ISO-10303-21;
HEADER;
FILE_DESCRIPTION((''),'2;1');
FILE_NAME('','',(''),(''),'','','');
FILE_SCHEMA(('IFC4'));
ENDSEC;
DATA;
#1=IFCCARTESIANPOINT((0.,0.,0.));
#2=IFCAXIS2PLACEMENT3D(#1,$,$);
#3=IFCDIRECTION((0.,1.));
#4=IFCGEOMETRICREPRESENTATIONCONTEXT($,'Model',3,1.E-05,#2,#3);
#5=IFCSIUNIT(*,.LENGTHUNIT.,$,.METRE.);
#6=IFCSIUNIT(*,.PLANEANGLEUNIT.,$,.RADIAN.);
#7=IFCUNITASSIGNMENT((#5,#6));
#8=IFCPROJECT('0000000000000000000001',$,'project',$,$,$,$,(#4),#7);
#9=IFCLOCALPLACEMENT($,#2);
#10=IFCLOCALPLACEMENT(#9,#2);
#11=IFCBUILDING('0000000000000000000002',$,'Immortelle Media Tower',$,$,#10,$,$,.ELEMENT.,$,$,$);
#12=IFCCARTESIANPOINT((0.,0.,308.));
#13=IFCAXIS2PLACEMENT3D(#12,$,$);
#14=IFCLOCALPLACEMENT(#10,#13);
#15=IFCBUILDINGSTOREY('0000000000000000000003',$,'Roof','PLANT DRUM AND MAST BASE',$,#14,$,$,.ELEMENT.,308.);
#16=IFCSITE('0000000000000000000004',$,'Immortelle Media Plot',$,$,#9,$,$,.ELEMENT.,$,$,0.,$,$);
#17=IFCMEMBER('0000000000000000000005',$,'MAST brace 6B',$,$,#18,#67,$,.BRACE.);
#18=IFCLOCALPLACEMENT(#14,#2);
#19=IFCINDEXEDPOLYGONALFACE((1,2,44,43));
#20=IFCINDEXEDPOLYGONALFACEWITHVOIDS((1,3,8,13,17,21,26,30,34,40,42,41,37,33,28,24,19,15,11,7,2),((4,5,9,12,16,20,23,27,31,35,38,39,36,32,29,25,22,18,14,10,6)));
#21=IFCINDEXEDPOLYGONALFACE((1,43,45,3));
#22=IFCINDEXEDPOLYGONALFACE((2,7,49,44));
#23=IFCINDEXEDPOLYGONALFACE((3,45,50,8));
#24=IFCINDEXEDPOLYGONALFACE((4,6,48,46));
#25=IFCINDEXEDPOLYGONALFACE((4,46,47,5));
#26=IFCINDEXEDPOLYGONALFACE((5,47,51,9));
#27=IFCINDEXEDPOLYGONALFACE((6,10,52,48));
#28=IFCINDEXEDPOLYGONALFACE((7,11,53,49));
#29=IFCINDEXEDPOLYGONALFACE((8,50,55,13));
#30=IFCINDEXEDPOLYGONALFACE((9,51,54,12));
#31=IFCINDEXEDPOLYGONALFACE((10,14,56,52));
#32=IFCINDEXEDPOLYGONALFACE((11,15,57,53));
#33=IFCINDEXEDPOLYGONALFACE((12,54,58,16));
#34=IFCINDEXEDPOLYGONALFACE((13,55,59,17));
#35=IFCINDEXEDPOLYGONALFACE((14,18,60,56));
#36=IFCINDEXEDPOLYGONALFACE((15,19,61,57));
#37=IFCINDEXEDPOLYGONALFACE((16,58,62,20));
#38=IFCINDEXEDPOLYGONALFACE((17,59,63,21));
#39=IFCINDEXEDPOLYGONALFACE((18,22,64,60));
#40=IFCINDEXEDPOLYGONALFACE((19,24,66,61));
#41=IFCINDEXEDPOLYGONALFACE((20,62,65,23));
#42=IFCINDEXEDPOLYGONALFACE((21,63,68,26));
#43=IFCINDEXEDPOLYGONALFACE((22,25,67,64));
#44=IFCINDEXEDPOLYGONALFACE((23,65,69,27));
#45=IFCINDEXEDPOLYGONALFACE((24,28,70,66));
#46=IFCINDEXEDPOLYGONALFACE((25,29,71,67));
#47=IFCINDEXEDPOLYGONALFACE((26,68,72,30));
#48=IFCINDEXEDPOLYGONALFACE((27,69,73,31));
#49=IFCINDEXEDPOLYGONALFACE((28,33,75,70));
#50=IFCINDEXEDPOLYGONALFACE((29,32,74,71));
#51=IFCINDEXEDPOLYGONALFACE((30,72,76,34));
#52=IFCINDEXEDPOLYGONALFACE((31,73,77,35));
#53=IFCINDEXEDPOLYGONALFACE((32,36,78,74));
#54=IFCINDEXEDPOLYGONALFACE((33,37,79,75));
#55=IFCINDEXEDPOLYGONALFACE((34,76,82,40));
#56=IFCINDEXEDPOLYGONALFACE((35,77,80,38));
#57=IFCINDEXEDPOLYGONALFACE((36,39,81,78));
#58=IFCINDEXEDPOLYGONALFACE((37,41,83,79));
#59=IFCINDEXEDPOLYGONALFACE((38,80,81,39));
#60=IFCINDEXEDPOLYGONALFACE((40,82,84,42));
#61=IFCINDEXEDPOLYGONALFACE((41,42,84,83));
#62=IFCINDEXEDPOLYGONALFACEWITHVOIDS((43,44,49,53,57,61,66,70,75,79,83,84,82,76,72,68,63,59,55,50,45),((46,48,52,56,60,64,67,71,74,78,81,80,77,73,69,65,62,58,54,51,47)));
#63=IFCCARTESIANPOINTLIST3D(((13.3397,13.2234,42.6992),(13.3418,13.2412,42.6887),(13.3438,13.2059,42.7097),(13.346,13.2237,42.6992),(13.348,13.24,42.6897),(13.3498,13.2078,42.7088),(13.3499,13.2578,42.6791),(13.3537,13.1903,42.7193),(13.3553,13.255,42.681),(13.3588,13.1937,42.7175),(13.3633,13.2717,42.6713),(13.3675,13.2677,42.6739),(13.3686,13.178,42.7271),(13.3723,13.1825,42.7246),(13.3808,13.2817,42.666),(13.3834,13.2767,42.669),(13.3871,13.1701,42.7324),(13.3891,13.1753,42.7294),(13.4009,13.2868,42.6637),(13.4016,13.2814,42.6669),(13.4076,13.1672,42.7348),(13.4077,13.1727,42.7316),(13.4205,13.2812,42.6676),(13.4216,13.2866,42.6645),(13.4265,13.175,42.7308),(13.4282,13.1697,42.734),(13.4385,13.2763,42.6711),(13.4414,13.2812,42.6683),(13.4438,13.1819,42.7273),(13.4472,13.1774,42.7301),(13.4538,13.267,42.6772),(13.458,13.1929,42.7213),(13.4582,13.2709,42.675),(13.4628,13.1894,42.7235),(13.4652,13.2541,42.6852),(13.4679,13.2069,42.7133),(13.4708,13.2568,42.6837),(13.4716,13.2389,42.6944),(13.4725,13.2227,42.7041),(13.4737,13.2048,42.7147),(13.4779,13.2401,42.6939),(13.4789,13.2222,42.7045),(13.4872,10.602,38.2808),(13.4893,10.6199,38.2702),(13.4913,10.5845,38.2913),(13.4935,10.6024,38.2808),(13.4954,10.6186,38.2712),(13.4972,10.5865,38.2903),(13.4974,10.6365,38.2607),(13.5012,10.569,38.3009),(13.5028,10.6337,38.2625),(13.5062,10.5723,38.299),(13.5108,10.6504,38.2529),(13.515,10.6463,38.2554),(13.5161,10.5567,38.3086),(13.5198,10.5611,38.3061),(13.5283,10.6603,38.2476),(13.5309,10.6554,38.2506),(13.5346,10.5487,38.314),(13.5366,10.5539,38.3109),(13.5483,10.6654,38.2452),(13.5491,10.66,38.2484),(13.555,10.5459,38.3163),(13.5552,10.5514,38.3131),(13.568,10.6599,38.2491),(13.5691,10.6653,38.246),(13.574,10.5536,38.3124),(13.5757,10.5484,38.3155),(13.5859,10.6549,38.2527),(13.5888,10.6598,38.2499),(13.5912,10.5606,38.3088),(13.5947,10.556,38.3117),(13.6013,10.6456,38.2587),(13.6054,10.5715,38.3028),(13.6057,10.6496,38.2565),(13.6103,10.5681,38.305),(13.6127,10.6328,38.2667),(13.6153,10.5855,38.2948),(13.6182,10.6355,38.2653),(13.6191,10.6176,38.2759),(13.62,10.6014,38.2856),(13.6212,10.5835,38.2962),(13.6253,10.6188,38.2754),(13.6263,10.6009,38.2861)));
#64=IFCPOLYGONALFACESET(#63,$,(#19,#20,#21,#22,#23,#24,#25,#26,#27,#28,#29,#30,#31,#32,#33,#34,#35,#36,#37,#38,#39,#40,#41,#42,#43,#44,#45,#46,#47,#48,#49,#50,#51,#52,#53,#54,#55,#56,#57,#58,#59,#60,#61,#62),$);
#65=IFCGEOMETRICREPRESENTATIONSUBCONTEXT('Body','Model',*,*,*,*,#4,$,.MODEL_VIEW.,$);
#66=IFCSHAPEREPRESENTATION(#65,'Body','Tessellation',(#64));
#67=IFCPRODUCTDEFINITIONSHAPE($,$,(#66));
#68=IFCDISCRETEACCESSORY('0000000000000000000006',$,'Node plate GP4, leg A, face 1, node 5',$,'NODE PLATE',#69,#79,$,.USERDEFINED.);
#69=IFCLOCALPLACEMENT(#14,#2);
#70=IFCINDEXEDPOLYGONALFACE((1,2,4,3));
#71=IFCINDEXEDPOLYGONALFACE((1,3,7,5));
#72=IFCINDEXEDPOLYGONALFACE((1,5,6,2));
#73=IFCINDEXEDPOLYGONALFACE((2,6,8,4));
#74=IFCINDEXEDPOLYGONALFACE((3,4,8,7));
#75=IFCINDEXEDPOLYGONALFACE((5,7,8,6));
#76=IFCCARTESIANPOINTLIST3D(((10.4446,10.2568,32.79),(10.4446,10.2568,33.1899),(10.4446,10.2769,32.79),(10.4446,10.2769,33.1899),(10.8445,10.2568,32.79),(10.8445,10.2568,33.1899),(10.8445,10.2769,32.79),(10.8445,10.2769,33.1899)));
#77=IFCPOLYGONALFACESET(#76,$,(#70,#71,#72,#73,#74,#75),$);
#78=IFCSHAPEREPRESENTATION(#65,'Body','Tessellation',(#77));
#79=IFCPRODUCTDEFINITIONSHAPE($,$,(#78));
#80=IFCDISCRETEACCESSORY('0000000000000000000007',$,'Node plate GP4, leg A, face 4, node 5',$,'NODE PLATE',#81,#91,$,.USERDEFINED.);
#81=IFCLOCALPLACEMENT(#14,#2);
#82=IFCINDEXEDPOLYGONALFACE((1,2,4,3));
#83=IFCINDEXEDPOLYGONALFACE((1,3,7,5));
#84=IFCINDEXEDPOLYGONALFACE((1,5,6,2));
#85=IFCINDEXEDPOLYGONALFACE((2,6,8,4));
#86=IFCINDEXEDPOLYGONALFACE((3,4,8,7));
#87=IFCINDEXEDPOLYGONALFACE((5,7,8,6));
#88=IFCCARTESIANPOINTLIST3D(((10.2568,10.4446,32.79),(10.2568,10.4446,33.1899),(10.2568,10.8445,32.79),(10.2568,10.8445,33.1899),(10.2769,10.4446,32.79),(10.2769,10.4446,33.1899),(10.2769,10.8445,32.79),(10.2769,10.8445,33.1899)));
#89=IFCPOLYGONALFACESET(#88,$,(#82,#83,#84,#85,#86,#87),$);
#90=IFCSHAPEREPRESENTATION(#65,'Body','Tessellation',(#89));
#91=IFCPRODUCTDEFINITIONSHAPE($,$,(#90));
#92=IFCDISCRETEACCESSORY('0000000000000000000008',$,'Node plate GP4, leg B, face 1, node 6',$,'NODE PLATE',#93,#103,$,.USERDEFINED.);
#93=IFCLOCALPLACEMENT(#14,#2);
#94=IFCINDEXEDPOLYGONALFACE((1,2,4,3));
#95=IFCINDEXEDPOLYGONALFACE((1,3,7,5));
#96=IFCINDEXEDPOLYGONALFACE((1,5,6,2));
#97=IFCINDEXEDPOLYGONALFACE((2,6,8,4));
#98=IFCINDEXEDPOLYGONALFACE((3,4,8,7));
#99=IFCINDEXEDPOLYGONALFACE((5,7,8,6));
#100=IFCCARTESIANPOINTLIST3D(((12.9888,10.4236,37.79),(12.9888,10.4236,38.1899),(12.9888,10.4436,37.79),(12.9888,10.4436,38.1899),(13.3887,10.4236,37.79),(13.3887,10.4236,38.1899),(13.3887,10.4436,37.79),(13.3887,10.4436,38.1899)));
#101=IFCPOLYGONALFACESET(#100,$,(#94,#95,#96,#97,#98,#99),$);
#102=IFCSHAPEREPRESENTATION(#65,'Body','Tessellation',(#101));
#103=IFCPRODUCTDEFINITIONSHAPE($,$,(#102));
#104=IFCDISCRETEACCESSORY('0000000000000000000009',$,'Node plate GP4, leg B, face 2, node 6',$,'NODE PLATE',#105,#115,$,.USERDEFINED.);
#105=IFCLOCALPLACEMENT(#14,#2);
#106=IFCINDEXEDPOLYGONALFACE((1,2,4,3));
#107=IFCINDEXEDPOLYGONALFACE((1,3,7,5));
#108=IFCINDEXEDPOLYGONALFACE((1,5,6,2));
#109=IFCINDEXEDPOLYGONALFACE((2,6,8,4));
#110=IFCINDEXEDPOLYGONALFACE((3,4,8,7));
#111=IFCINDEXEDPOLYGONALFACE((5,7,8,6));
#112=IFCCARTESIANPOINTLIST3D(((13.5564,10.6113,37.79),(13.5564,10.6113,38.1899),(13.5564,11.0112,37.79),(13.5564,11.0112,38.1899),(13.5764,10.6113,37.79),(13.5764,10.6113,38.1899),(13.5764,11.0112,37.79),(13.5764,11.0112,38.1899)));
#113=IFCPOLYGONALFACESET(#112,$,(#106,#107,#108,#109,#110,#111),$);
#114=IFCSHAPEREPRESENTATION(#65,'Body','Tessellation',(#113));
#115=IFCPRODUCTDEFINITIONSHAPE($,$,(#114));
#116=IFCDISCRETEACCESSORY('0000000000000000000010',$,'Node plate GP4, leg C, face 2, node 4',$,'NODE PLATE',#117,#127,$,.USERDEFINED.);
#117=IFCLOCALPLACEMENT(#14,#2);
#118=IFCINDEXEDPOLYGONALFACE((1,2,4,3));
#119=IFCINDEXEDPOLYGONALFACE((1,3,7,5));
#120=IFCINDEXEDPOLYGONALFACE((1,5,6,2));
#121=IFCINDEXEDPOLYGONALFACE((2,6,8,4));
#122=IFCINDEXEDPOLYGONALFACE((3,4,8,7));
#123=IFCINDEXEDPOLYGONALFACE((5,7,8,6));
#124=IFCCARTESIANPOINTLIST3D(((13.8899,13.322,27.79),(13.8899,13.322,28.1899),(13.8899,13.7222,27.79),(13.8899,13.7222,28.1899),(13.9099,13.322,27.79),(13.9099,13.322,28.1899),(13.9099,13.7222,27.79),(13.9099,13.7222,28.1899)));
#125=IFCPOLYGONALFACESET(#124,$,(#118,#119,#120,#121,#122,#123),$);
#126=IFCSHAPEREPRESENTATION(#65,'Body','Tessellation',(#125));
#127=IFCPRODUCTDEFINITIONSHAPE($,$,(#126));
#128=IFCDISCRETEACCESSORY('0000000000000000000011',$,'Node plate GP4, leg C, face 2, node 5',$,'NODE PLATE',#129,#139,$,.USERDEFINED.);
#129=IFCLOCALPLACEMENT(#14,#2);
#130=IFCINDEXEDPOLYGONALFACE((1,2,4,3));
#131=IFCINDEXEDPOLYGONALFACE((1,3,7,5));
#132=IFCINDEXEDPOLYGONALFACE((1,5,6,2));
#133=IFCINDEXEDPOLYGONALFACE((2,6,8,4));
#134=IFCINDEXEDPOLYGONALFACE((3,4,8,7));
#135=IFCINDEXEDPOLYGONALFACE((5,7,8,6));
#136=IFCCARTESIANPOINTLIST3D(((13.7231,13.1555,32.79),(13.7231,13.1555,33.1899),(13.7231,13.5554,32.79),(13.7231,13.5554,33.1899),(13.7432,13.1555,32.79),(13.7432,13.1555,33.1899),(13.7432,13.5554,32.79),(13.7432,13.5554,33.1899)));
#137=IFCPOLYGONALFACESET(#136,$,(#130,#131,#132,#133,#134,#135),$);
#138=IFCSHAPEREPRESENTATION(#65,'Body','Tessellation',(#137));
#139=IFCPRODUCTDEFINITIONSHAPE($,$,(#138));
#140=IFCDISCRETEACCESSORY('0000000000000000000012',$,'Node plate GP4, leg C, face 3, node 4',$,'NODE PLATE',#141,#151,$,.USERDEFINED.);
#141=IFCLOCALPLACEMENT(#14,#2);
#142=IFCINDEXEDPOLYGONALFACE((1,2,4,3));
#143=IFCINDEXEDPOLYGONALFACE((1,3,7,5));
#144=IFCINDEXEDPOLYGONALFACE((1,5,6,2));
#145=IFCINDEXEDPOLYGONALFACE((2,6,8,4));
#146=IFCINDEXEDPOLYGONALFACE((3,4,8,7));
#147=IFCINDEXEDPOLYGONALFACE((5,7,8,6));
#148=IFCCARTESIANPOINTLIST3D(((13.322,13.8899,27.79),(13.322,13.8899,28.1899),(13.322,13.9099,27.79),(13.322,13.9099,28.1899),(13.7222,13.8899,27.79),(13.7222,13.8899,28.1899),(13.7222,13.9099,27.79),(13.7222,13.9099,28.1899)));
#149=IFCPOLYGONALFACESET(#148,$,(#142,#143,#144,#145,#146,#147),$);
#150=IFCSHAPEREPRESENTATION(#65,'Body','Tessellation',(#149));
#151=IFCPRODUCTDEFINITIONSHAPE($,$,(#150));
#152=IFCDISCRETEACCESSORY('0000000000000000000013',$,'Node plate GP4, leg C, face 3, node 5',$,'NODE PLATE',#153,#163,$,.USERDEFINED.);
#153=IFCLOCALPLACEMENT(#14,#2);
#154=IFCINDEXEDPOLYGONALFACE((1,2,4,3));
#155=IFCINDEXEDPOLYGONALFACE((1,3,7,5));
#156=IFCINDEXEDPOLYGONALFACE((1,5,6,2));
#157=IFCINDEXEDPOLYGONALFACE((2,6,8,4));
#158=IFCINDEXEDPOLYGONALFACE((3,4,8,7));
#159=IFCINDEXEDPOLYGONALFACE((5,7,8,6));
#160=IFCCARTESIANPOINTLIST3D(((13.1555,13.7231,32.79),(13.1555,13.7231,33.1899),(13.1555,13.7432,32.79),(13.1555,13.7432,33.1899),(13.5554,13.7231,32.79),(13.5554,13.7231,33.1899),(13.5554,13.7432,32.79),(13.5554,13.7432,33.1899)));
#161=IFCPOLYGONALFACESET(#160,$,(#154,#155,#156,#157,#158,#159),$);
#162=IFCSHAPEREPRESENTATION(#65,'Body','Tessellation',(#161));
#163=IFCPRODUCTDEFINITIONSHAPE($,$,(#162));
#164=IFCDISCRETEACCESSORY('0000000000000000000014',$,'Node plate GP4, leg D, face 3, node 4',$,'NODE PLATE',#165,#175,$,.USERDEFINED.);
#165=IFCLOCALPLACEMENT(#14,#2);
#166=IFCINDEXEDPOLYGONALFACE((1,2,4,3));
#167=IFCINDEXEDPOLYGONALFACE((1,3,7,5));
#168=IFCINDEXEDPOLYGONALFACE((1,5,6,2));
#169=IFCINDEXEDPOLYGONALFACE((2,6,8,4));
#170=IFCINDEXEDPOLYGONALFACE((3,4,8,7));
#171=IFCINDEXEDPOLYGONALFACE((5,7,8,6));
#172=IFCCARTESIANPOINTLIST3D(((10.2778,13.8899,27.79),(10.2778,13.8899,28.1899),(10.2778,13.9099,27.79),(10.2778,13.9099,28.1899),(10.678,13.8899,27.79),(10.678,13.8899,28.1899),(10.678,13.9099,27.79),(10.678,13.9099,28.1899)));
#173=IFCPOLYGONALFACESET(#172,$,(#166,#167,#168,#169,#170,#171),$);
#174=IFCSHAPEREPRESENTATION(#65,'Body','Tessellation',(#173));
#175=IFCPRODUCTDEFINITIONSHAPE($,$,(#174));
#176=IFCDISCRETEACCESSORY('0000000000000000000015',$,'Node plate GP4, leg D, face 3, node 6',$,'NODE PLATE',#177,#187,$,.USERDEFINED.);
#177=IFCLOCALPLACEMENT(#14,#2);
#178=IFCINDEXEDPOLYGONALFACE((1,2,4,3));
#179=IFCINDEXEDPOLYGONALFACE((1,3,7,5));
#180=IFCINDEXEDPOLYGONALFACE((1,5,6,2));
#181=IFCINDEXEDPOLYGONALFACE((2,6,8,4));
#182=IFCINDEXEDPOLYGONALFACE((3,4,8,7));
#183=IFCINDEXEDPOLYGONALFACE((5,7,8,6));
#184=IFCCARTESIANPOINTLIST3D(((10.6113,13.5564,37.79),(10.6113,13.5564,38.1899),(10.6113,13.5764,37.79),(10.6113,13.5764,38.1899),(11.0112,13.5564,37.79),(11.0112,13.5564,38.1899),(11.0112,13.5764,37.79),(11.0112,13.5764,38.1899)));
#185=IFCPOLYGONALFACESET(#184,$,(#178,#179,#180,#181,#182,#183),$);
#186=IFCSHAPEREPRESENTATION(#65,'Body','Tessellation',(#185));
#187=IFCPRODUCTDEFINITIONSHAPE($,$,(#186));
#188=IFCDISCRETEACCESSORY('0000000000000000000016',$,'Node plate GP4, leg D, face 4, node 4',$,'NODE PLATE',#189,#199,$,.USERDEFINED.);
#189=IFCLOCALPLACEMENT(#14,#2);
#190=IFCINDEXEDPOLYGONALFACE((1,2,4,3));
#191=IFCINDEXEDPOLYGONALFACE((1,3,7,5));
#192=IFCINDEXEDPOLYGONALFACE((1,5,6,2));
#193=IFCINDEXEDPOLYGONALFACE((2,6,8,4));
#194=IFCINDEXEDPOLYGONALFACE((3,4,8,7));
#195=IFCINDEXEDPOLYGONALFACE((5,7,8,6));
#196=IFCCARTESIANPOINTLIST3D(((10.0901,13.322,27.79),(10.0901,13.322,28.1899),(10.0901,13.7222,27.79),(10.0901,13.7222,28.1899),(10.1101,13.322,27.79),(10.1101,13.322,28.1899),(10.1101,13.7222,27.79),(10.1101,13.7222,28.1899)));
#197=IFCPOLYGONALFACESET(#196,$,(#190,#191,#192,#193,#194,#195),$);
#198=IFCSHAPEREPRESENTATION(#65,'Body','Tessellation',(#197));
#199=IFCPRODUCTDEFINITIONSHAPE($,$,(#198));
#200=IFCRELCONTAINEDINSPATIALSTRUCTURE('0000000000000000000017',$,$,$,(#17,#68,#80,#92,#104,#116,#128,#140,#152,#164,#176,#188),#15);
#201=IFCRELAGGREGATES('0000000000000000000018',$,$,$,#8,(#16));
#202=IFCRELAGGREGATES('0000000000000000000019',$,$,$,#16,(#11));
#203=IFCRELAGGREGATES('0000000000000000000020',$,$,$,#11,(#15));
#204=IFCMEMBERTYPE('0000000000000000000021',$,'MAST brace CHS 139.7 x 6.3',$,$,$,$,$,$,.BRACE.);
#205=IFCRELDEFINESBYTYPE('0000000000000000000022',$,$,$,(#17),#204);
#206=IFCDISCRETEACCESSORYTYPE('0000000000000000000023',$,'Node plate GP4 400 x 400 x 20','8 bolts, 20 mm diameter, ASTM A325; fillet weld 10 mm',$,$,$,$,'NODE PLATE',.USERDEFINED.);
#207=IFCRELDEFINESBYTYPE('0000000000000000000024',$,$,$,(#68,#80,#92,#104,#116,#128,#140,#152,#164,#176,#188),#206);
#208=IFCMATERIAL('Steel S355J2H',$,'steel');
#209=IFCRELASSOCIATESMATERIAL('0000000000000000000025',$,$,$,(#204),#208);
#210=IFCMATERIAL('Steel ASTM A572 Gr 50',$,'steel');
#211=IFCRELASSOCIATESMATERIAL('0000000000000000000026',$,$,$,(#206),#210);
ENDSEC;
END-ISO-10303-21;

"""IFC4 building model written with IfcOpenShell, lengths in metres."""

from ifc_helpers import new_model, si_unit, direction, frame, origin, origin_2d, place, context, subcontext, project, spatial, rectangle, hollow_circle, extrude, material, material_profile, profile_set, type_object, element, save


model = new_model("IFC4")

# Units and contexts
model_context = context("Model", 3, precision=1e-05, world=origin(), true_north=direction((0.0, 1.0)))
body_context = subcontext(model_context, "Body", "Model", "MODEL_VIEW")
ifc_project = project(units=[si_unit("LENGTHUNIT", "METRE"), si_unit("PLANEANGLEUNIT", "RADIAN")], contexts=[model_context])

# Site, building, storey
site_placement = place(None, origin())
site = spatial("IfcSite", under=ifc_project, at=site_placement, Name="Immortelle Media Plot", CompositionType="ELEMENT", RefElevation=0.0)
building_placement = place(site_placement, origin())
building = spatial("IfcBuilding", under=site, at=building_placement, Name="Immortelle Media Tower", CompositionType="ELEMENT")
storey_placement = place(building_placement, frame((0.0, 0.0, 308.0)))
storey = spatial("IfcBuildingStorey", under=building, at=storey_placement, Name="Roof", Description="PLANT DRUM AND MAST BASE", CompositionType="ELEMENT", Elevation=308.0)

# Member
ifc_material_1 = material(Name="Steel S355J2H", Category="steel")
ifc_material_profile_1 = material_profile(ifc_material_1, hollow_circle(Radius=0.0698, WallThickness=0.0063, at=origin_2d()), Name="CHS 139.7 x 6.3")
ifc_profile_set_1 = profile_set([ifc_material_profile_1], Name="Steel S355J2H")
member_type = type_object("IfcMemberType", Name="MAST brace CHS 139.7 x 6.3", PredefinedType="BRACE", material=ifc_profile_set_1)
for number, where, z_axis, x_axis, name in (
    (1, (13.5569, 10.606, 38.2808), (-0.028691, 0.510023, 0.859682), (-0.998421, -0.056165, 0.0), "MAST brace 6B"),
):
    element("IfcMember", number, at=place(storey_placement, frame(where, z_axis=z_axis, x_axis=x_axis)), inside=storey, type_object=member_type, Name=name, PredefinedType="BRACE", context=body_context, shape_type="SweptSolid", body=[
        extrude(hollow_circle(Radius=0.0698, WallThickness=0.0063, at=origin_2d()), origin(), (0.0, 0.0, 1.0), 5.1396),
    ])

# Discrete accessories
ifc_material_2 = material(Name="Steel ASTM A572 Gr 50", Category="steel")
ifc_material_profile_2 = material_profile(ifc_material_2, rectangle(XDim=0.02, YDim=0.3999, at=origin_2d()), Name="PL 20 x 400")
ifc_profile_set_2 = profile_set([ifc_material_profile_2], Name="Steel ASTM A572 Gr 50")
discrete_accessory_type = type_object("IfcDiscreteAccessoryType", Name="Node plate GP4 400 x 400 x 20", Description="8 bolts, 20 mm diameter, ASTM A325; fillet weld 10 mm", ElementType="NODE PLATE", PredefinedType="USERDEFINED", material=ifc_profile_set_2)
for number, where, z_axis, x_axis, name in (
    (2, (10.4446, 10.2668, 32.99), (1.0, 0.0, 0.0), (0.0, 1.0, 0.0), "Node plate GP4, leg A, face 1, node 5"),
    (3, (10.2668, 10.4446, 32.99), (0.0, 1.0, 0.0), (-1.0, 0.0, 0.0), "Node plate GP4, leg A, face 4, node 5"),
    (4, (13.3887, 10.4336, 37.99), (-1.0, 0.0, 0.0), (0.0, -1.0, 0.0), "Node plate GP4, leg B, face 1, node 6"),
    (5, (13.5664, 10.6113, 37.99), (0.0, 1.0, 0.0), (-1.0, 0.0, 0.0), "Node plate GP4, leg B, face 2, node 6"),
):
    element("IfcDiscreteAccessory", number, at=place(storey_placement, frame(where, z_axis=z_axis, x_axis=x_axis)), inside=storey, type_object=discrete_accessory_type, Name=name, ObjectType="NODE PLATE", PredefinedType="USERDEFINED", context=body_context, shape_type="SweptSolid", body=[
        extrude(rectangle(XDim=0.02, YDim=0.3999, at=origin_2d()), origin(), (0.0, 0.0, 1.0), 0.3999),
    ])
discrete_accessory_1_placement = place(storey_placement, frame((13.8999, 13.7222, 27.99), z_axis=(0.0, -1.0, 0.0), x_axis=(1.0, 0.0, 0.0)))
element("IfcDiscreteAccessory", 6, at=discrete_accessory_1_placement, inside=storey, type_object=discrete_accessory_type, Name="Node plate GP4, leg C, face 2, node 4", ObjectType="NODE PLATE", PredefinedType="USERDEFINED", context=body_context, shape_type="SweptSolid", body=[
    extrude(rectangle(XDim=0.02, YDim=0.3999, at=origin_2d()), origin(), (0.0, 0.0, 1.0), 0.4001),
])
discrete_accessory_2_placement = place(storey_placement, frame((13.7332, 13.5554, 32.99), z_axis=(0.0, -1.0, 0.0), x_axis=(1.0, 0.0, 0.0)))
element("IfcDiscreteAccessory", 7, at=discrete_accessory_2_placement, inside=storey, type_object=discrete_accessory_type, Name="Node plate GP4, leg C, face 2, node 5", ObjectType="NODE PLATE", PredefinedType="USERDEFINED", context=body_context, shape_type="SweptSolid", body=[
    extrude(rectangle(XDim=0.02, YDim=0.3999, at=origin_2d()), origin(), (0.0, 0.0, 1.0), 0.3999),
])
discrete_accessory_3_placement = place(storey_placement, frame((13.7222, 13.8999, 27.99), z_axis=(-1.0, 0.0, 0.0), x_axis=(0.0, -1.0, 0.0)))
element("IfcDiscreteAccessory", 8, at=discrete_accessory_3_placement, inside=storey, type_object=discrete_accessory_type, Name="Node plate GP4, leg C, face 3, node 4", ObjectType="NODE PLATE", PredefinedType="USERDEFINED", context=body_context, shape_type="SweptSolid", body=[
    extrude(rectangle(XDim=0.02, YDim=0.3999, at=origin_2d()), origin(), (0.0, 0.0, 1.0), 0.4001),
])
discrete_accessory_4_placement = place(storey_placement, frame((13.5554, 13.7332, 32.99), z_axis=(-1.0, 0.0, 0.0), x_axis=(0.0, -1.0, 0.0)))
element("IfcDiscreteAccessory", 9, at=discrete_accessory_4_placement, inside=storey, type_object=discrete_accessory_type, Name="Node plate GP4, leg C, face 3, node 5", ObjectType="NODE PLATE", PredefinedType="USERDEFINED", context=body_context, shape_type="SweptSolid", body=[
    extrude(rectangle(XDim=0.02, YDim=0.3999, at=origin_2d()), origin(), (0.0, 0.0, 1.0), 0.3999),
])
discrete_accessory_5_placement = place(storey_placement, frame((10.2778, 13.8999, 27.99), z_axis=(1.0, 0.0, 0.0), x_axis=(0.0, 1.0, 0.0)))
element("IfcDiscreteAccessory", 10, at=discrete_accessory_5_placement, inside=storey, type_object=discrete_accessory_type, Name="Node plate GP4, leg D, face 3, node 4", ObjectType="NODE PLATE", PredefinedType="USERDEFINED", context=body_context, shape_type="SweptSolid", body=[
    extrude(rectangle(XDim=0.02, YDim=0.3999, at=origin_2d()), origin(), (0.0, 0.0, 1.0), 0.4001),
])
discrete_accessory_6_placement = place(storey_placement, frame((10.6113, 13.5664, 37.99), z_axis=(1.0, 0.0, 0.0), x_axis=(0.0, 1.0, 0.0)))
element("IfcDiscreteAccessory", 11, at=discrete_accessory_6_placement, inside=storey, type_object=discrete_accessory_type, Name="Node plate GP4, leg D, face 3, node 6", ObjectType="NODE PLATE", PredefinedType="USERDEFINED", context=body_context, shape_type="SweptSolid", body=[
    extrude(rectangle(XDim=0.02, YDim=0.3999, at=origin_2d()), origin(), (0.0, 0.0, 1.0), 0.3999),
])
discrete_accessory_7_placement = place(storey_placement, frame((10.1001, 13.7222, 27.99), z_axis=(0.0, -1.0, 0.0), x_axis=(1.0, 0.0, 0.0)))
element("IfcDiscreteAccessory", 12, at=discrete_accessory_7_placement, inside=storey, type_object=discrete_accessory_type, Name="Node plate GP4, leg D, face 4, node 4", ObjectType="NODE PLATE", PredefinedType="USERDEFINED", context=body_context, shape_type="SweptSolid", body=[
    extrude(rectangle(XDim=0.02, YDim=0.3999, at=origin_2d()), origin(), (0.0, 0.0, 1.0), 0.4001),
])

save(model, "model.ifc")
